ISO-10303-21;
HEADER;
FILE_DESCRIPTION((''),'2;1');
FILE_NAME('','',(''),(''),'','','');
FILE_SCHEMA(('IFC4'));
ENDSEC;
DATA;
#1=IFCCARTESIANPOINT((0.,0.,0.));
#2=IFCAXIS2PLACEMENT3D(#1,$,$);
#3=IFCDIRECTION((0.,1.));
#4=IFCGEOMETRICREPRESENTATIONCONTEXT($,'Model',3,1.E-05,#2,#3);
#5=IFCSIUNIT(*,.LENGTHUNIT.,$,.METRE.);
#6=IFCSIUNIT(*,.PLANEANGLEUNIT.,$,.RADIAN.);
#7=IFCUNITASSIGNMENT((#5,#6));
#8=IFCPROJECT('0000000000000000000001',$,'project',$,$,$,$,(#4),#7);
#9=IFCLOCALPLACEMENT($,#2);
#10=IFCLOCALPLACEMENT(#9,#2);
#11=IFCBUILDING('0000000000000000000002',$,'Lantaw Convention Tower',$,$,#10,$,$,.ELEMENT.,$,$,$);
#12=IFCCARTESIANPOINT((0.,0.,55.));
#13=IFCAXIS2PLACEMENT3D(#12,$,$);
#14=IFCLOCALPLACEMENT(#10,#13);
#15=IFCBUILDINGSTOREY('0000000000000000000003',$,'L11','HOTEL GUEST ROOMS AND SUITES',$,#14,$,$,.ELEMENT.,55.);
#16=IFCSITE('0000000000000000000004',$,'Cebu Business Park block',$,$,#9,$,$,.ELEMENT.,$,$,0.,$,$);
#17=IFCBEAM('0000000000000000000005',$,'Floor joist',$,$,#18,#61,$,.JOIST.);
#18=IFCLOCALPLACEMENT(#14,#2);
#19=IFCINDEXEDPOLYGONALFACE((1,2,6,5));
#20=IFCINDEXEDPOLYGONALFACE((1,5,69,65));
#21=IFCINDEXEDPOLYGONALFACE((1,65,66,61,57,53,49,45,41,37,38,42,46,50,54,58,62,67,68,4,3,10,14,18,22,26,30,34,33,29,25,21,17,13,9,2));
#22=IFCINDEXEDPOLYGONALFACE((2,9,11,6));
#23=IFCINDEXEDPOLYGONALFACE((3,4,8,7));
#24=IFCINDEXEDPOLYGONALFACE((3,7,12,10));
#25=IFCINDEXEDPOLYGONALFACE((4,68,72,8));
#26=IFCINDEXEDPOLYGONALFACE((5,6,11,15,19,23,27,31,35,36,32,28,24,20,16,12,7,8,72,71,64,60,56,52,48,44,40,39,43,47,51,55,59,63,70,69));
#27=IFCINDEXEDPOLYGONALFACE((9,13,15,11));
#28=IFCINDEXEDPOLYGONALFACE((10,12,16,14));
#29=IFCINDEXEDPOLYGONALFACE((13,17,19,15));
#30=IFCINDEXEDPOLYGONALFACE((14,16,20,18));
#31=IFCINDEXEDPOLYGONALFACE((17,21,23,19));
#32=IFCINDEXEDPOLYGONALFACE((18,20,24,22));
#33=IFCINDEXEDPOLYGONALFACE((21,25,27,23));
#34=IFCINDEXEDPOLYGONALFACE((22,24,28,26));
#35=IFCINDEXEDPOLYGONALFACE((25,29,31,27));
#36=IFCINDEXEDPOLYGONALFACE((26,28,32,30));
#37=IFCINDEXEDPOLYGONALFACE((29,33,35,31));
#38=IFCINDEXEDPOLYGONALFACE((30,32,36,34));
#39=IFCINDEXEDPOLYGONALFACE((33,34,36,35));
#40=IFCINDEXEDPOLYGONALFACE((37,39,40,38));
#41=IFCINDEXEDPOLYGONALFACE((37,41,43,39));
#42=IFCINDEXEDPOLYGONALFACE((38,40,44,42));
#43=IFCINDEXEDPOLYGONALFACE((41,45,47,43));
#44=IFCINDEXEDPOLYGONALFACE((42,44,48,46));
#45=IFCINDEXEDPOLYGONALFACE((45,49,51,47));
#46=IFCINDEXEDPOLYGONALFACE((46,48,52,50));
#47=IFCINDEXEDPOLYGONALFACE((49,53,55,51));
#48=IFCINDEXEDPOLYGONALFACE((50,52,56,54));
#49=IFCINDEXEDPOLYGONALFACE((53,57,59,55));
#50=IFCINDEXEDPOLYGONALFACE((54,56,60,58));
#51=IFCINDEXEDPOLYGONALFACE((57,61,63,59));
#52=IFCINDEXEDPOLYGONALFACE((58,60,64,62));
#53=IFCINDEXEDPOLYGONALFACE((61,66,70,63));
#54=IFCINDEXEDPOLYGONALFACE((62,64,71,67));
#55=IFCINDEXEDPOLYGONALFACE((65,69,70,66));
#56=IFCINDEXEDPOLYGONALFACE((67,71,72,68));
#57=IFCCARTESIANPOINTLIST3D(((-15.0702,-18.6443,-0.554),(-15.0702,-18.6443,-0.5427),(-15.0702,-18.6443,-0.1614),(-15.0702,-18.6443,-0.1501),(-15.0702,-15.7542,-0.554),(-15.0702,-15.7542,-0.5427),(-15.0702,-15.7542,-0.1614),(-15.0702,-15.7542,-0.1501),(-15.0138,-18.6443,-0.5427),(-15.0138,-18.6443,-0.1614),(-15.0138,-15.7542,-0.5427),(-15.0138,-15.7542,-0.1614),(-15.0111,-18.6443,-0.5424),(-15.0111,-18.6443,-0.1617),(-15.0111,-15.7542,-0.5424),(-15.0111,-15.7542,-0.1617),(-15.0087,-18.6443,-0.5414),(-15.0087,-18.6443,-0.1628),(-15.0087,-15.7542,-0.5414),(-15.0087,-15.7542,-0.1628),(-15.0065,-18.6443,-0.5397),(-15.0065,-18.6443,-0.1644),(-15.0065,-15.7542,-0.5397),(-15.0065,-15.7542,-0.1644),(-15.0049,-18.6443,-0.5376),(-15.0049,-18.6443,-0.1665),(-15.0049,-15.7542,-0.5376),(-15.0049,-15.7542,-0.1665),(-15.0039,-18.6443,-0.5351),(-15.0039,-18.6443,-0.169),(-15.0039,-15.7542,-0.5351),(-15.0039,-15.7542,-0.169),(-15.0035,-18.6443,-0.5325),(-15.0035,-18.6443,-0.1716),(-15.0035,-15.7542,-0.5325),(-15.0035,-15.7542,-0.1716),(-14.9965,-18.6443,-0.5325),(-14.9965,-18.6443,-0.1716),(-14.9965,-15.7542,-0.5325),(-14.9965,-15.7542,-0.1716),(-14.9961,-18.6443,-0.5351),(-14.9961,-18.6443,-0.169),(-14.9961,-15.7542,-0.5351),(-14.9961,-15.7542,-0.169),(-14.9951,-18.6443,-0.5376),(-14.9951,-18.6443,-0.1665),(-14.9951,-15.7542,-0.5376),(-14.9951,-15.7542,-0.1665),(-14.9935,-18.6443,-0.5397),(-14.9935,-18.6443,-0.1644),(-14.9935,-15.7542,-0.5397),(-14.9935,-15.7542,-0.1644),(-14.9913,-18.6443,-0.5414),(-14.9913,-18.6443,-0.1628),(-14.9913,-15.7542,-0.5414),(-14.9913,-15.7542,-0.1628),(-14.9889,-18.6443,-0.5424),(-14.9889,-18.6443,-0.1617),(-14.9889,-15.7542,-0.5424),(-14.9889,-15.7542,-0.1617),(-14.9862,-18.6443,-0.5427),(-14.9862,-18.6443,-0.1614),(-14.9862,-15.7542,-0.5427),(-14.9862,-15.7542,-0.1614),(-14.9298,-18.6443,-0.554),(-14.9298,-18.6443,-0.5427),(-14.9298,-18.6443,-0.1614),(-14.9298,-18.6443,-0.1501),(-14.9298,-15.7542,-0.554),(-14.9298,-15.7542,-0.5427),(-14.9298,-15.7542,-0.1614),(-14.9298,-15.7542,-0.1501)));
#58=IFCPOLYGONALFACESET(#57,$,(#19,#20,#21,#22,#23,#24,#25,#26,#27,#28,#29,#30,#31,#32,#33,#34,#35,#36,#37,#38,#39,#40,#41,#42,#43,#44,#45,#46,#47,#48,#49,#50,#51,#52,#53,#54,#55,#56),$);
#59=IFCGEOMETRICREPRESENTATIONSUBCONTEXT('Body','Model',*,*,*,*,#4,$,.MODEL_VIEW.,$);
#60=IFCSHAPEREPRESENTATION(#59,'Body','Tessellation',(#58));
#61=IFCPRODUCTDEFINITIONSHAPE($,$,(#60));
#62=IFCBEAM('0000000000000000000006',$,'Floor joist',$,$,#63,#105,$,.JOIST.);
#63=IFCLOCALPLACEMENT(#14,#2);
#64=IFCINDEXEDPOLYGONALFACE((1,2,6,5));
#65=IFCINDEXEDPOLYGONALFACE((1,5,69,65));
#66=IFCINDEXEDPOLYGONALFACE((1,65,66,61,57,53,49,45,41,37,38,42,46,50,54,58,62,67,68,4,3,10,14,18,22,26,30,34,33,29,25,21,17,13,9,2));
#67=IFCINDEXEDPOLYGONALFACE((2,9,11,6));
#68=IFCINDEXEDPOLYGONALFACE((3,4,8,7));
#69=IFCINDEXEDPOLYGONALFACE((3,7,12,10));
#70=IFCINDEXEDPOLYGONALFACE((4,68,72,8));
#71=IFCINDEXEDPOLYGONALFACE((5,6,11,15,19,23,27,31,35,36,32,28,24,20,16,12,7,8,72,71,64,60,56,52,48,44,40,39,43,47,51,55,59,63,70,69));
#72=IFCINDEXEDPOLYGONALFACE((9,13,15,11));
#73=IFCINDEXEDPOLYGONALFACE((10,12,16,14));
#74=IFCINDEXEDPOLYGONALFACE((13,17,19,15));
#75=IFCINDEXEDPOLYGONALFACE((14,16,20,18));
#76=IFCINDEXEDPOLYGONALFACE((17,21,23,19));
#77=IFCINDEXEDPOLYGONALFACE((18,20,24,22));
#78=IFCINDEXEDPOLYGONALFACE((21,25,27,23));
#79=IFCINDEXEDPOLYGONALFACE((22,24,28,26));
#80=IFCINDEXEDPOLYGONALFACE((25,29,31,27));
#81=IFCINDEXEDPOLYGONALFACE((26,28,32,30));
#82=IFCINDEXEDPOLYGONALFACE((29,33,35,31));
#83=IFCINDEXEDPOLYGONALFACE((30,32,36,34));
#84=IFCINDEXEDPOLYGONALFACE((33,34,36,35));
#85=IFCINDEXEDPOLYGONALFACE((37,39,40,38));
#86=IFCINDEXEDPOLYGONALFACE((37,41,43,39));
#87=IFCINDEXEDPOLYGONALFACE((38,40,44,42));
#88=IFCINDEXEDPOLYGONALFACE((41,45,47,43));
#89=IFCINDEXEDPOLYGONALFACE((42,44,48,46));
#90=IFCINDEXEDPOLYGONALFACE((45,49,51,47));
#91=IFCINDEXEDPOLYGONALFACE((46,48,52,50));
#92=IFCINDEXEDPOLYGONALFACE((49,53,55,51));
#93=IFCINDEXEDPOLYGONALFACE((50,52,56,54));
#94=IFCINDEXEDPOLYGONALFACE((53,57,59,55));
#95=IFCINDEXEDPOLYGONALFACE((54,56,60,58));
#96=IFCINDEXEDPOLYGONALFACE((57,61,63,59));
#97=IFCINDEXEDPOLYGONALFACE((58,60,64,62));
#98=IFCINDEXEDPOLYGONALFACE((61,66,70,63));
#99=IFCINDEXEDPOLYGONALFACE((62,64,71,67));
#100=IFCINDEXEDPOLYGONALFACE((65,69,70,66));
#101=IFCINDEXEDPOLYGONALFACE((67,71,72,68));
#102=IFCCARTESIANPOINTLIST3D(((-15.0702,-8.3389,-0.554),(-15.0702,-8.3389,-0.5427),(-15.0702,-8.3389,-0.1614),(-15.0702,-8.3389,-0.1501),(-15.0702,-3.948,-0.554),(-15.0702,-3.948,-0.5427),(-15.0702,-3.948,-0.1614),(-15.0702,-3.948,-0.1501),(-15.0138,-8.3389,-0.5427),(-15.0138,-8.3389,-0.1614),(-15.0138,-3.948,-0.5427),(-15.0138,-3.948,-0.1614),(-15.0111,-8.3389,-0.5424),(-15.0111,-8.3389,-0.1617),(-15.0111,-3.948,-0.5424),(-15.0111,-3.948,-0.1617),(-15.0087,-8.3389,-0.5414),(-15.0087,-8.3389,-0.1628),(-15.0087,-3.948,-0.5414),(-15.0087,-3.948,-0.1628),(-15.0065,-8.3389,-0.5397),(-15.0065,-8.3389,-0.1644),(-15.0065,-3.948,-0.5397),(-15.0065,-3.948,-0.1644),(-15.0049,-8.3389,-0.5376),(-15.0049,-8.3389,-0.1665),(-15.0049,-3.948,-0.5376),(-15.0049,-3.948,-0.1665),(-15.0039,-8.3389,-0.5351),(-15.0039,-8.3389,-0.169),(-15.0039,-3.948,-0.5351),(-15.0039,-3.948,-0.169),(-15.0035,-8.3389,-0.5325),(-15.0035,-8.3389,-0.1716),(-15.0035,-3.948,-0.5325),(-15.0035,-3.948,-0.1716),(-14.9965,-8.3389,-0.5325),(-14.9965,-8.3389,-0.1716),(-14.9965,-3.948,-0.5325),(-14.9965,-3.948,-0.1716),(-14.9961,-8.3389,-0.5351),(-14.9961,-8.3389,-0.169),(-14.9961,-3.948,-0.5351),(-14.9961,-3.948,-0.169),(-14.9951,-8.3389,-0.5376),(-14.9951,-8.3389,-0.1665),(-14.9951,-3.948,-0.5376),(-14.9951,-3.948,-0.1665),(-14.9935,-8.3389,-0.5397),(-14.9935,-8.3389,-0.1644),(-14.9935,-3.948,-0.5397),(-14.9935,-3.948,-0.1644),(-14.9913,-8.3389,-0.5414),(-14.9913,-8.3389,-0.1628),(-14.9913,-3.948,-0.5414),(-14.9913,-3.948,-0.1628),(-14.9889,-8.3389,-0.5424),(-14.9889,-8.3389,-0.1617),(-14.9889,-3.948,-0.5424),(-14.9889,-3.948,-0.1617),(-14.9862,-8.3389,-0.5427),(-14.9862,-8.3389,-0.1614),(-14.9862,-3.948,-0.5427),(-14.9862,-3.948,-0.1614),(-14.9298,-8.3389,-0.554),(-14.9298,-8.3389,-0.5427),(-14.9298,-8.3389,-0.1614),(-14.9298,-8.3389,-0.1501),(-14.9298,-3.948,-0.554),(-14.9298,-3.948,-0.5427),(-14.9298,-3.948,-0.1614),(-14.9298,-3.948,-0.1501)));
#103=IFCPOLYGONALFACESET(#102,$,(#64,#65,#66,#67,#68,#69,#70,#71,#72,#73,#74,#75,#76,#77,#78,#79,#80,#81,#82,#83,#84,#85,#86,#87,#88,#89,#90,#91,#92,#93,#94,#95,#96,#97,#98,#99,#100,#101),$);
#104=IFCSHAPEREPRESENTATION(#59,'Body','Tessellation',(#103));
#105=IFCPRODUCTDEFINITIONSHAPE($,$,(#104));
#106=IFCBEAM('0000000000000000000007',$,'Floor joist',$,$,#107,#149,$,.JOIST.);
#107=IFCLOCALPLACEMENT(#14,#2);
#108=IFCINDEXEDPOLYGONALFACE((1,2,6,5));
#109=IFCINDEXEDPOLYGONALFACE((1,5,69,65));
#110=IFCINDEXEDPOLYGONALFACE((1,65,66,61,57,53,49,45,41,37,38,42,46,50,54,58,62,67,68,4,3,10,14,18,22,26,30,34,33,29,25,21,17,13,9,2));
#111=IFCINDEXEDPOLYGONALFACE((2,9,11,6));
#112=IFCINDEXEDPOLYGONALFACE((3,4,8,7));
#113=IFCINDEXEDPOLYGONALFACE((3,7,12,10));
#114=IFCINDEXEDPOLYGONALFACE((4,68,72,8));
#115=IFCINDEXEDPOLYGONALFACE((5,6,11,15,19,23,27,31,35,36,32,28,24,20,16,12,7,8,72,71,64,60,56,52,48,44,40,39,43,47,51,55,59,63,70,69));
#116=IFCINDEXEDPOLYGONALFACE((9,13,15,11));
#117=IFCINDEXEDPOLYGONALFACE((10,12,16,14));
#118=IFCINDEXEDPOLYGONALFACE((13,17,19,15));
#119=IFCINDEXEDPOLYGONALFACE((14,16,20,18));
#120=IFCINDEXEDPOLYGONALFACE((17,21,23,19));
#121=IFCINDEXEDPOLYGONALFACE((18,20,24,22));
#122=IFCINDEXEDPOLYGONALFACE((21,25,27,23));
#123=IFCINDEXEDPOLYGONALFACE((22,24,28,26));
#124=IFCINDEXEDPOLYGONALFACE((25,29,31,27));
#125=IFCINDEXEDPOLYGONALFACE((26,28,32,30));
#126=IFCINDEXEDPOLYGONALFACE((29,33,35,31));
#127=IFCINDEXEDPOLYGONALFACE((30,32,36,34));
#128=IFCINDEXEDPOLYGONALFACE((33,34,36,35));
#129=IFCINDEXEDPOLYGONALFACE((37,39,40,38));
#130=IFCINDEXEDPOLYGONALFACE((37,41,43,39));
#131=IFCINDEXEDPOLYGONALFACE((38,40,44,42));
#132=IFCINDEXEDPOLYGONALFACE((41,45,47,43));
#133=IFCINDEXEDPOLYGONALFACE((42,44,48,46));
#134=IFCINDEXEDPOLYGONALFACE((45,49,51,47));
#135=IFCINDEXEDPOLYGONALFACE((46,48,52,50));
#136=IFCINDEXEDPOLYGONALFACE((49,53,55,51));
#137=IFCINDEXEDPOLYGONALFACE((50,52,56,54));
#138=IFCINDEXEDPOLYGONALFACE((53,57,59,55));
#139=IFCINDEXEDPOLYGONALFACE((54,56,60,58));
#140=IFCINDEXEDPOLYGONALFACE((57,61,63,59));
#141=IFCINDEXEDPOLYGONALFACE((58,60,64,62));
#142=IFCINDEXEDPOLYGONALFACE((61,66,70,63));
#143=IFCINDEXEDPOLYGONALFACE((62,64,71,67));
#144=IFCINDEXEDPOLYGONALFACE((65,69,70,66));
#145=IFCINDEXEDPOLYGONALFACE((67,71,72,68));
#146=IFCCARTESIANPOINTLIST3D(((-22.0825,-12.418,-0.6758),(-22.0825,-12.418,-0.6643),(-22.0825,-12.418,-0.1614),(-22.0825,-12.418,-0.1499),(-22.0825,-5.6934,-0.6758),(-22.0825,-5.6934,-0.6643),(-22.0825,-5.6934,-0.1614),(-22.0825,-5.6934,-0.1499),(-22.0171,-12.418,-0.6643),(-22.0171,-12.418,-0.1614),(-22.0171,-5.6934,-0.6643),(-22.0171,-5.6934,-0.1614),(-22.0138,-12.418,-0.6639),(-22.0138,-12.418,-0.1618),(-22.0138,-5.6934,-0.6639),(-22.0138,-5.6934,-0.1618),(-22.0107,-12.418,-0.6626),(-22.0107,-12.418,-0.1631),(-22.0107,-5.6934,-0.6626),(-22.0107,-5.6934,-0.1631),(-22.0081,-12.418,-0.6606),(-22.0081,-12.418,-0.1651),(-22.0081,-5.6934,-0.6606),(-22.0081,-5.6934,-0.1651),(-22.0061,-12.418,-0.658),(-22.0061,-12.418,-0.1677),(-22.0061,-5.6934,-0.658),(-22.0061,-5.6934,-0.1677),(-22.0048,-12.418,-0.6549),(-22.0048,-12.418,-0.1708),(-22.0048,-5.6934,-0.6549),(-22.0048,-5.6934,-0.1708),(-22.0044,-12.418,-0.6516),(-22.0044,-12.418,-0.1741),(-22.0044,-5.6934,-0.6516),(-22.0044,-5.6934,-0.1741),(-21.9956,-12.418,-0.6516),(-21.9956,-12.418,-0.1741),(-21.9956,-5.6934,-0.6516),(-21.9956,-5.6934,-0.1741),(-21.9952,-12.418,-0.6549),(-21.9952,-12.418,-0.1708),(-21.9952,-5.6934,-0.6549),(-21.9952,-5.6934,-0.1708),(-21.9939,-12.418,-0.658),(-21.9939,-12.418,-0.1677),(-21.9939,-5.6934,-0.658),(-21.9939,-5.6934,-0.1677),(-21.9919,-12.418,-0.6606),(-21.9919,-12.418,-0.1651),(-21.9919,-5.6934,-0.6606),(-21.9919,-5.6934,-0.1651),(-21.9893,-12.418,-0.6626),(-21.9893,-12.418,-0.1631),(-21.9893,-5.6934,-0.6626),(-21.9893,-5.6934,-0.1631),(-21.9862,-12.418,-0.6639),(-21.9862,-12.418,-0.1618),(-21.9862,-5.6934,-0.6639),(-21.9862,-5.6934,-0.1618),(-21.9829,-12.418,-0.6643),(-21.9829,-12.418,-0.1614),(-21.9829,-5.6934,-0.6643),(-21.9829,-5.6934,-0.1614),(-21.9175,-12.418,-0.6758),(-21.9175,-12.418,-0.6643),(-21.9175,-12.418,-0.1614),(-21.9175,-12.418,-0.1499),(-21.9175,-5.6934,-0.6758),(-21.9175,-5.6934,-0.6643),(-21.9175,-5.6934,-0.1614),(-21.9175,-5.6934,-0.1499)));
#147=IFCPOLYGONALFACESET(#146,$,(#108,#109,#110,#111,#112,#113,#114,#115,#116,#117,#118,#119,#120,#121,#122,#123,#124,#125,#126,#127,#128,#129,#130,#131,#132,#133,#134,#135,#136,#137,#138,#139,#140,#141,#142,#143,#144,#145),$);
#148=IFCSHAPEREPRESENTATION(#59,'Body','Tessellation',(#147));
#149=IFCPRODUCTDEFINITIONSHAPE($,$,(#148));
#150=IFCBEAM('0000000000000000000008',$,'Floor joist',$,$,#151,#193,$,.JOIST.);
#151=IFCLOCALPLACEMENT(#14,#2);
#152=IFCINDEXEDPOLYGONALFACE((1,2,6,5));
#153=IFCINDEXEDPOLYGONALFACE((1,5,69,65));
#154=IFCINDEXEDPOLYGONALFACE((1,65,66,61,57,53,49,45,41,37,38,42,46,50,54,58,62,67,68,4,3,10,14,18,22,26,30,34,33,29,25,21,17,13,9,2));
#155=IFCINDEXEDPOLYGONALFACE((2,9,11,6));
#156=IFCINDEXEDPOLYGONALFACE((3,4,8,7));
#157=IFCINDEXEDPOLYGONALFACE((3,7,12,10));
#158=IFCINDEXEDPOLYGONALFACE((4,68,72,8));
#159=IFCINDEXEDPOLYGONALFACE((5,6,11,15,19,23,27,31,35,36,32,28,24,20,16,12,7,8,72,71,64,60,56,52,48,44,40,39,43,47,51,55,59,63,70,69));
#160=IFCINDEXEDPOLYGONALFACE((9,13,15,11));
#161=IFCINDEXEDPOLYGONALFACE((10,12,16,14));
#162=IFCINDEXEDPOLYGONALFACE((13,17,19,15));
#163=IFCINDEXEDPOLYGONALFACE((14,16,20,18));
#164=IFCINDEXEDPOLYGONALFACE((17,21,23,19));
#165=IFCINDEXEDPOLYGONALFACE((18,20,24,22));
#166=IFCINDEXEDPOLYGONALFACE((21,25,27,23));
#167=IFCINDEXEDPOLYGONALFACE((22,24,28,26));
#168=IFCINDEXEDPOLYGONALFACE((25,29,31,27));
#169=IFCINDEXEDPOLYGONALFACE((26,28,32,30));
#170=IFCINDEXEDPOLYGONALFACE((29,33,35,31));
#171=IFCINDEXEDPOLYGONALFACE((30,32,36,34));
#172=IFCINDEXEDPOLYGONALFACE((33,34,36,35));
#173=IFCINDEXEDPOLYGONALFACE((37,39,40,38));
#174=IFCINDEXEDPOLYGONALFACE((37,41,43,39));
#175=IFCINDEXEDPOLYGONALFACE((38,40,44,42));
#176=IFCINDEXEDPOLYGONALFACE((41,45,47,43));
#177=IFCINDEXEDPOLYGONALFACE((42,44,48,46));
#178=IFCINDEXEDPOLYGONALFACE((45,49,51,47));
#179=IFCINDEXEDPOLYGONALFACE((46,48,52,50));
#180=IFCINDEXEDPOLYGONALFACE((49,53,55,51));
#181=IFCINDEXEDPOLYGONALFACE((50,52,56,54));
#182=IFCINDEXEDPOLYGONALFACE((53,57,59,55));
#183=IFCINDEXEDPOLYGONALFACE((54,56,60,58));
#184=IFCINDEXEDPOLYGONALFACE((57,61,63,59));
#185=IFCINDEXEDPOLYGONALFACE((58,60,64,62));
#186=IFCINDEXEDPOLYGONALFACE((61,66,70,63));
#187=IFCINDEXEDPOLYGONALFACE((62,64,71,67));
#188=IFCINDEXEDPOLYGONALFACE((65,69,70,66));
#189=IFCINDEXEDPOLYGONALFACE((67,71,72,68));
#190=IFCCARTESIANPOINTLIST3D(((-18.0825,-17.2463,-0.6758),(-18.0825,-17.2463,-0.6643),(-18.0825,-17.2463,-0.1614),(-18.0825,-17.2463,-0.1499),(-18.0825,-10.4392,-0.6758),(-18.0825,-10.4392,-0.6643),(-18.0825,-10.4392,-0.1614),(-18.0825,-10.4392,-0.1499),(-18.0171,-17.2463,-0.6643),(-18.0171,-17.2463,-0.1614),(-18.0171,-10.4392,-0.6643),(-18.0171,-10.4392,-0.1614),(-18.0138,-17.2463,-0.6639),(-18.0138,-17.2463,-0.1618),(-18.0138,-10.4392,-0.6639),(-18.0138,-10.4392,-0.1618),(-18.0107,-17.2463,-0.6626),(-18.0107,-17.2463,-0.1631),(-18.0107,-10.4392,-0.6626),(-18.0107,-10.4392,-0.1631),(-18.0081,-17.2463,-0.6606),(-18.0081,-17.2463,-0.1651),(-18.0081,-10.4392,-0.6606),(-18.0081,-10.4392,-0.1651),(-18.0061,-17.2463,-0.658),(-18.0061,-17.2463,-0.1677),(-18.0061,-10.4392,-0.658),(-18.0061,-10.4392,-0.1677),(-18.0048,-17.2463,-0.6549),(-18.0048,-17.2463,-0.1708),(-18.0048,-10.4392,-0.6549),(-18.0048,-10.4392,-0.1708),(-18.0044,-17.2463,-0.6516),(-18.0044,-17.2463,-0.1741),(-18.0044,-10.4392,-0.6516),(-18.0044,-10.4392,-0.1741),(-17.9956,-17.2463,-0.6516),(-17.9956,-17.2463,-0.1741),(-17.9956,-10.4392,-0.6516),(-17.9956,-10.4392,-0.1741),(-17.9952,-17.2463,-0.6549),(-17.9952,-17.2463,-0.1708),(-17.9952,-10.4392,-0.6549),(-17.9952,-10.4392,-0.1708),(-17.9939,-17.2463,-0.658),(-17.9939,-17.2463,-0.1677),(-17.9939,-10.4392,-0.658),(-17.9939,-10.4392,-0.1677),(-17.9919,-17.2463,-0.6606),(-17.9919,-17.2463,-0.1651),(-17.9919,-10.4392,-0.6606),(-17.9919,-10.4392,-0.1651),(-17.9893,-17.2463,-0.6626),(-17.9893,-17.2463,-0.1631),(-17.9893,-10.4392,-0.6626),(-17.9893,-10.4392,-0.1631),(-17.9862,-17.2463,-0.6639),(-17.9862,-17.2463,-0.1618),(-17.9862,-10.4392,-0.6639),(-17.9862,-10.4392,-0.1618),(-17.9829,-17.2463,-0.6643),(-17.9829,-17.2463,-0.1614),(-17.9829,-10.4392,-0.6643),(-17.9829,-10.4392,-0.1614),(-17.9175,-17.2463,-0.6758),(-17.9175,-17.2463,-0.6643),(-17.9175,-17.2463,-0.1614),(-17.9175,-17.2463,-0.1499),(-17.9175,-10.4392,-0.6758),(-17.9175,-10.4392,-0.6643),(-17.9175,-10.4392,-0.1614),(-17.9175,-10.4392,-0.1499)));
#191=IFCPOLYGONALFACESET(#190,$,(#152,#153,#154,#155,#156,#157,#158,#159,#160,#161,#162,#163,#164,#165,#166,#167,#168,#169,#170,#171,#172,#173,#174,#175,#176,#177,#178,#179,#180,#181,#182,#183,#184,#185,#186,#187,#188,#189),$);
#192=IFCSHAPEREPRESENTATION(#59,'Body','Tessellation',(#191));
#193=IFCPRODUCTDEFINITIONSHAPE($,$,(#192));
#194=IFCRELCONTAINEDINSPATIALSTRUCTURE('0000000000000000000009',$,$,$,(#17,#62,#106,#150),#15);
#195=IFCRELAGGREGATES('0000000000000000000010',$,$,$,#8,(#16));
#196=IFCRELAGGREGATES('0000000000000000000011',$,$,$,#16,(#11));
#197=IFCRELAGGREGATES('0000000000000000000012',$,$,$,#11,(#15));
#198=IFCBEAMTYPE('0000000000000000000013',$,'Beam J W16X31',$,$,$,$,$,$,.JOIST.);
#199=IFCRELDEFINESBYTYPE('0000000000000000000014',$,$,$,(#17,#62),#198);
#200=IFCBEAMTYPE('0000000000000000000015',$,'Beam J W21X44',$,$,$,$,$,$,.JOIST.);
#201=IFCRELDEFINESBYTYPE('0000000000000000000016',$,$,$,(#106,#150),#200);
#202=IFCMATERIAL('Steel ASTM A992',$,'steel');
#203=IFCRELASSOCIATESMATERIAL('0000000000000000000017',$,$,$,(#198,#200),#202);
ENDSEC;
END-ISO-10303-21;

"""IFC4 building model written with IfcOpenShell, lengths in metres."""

from ifc_helpers import new_model, si_unit, direction, frame, origin, origin_2d, place, context, subcontext, project, spatial, i_section, extrude, material, material_profile, profile_set, type_object, element, save


model = new_model("IFC4")

# Units and contexts
model_context = context("Model", 3, precision=1e-05, world=origin(), true_north=direction((0.0, 1.0)))
body_context = subcontext(model_context, "Body", "Model", "MODEL_VIEW")
ifc_project = project(units=[si_unit("LENGTHUNIT", "METRE"), si_unit("PLANEANGLEUNIT", "RADIAN")], contexts=[model_context])

# Site, building, storey
site_placement = place(None, origin())
site = spatial("IfcSite", under=ifc_project, at=site_placement, Name="Cebu Business Park block", CompositionType="ELEMENT", RefElevation=0.0)
building_placement = place(site_placement, origin())
building = spatial("IfcBuilding", under=site, at=building_placement, Name="Lantaw Convention Tower", CompositionType="ELEMENT")
storey_placement = place(building_placement, frame((0.0, 0.0, 55.0)))
storey = spatial("IfcBuildingStorey", under=building, at=storey_placement, Name="L11", Description="HOTEL GUEST ROOMS AND SUITES", CompositionType="ELEMENT", Elevation=55.0)

# Beams
ifc_material_1 = material(Name="Steel ASTM A992", Category="steel")
ifc_material_profile_1 = material_profile(ifc_material_1, i_section(OverallWidth=0.1404, OverallDepth=0.4038, WebThickness=0.0071, FlangeThickness=0.0112, FilletRadius=0.0103, at=origin_2d()), Name="W16X31")
ifc_profile_set_1 = profile_set([ifc_material_profile_1], Name="Steel ASTM A992")
beam_type_1 = type_object("IfcBeamType", Name="Beam J W16X31", PredefinedType="JOIST", material=ifc_profile_set_1)
beam_1_placement = place(storey_placement, frame((-15.0, -18.6443, -0.3521), z_axis=(0.0, 1.0, 0.0), x_axis=(-1.0, 0.0, 0.0)))
element("IfcBeam", 1, at=beam_1_placement, inside=storey, type_object=beam_type_1, Name="Floor joist", PredefinedType="JOIST", context=body_context, shape_type="SweptSolid", body=[
    extrude(i_section(OverallWidth=0.1404, OverallDepth=0.4038, WebThickness=0.0071, FlangeThickness=0.0112, FilletRadius=0.0103, at=origin_2d()), origin(), (0.0, 0.0, 1.0), 2.8901),
])
beam_2_placement = place(storey_placement, frame((-15.0, -8.3389, -0.3521), z_axis=(0.0, 1.0, 0.0), x_axis=(-1.0, 0.0, 0.0)))
element("IfcBeam", 2, at=beam_2_placement, inside=storey, type_object=beam_type_1, Name="Floor joist", PredefinedType="JOIST", context=body_context, shape_type="SweptSolid", body=[
    extrude(i_section(OverallWidth=0.1404, OverallDepth=0.4038, WebThickness=0.0071, FlangeThickness=0.0112, FilletRadius=0.0103, at=origin_2d()), origin(), (0.0, 0.0, 1.0), 4.3909),
])
ifc_material_profile_2 = material_profile(ifc_material_1, i_section(OverallWidth=0.165, OverallDepth=0.5259, WebThickness=0.0088, FlangeThickness=0.0115, FilletRadius=0.0127, at=origin_2d()), Name="W21X44")
ifc_profile_set_2 = profile_set([ifc_material_profile_2], Name="Steel ASTM A992")
beam_type_2 = type_object("IfcBeamType", Name="Beam J W21X44", PredefinedType="JOIST", material=ifc_profile_set_2)
beam_3_placement = place(storey_placement, frame((-22.0, -12.418, -0.4128), z_axis=(0.0, 1.0, 0.0), x_axis=(-1.0, 0.0, 0.0)))
element("IfcBeam", 3, at=beam_3_placement, inside=storey, type_object=beam_type_2, Name="Floor joist", PredefinedType="JOIST", context=body_context, shape_type="SweptSolid", body=[
    extrude(i_section(OverallWidth=0.165, OverallDepth=0.5259, WebThickness=0.0088, FlangeThickness=0.0115, FilletRadius=0.0127, at=origin_2d()), origin(), (0.0, 0.0, 1.0), 6.7246),
])
beam_4_placement = place(storey_placement, frame((-18.0, -17.2463, -0.4128), z_axis=(0.0, 1.0, 0.0), x_axis=(-1.0, 0.0, 0.0)))
element("IfcBeam", 4, at=beam_4_placement, inside=storey, type_object=beam_type_2, Name="Floor joist", PredefinedType="JOIST", context=body_context, shape_type="SweptSolid", body=[
    extrude(i_section(OverallWidth=0.165, OverallDepth=0.5259, WebThickness=0.0088, FlangeThickness=0.0115, FilletRadius=0.0127, at=origin_2d()), origin(), (0.0, 0.0, 1.0), 6.8071),
])

save(model, "model.ifc")
